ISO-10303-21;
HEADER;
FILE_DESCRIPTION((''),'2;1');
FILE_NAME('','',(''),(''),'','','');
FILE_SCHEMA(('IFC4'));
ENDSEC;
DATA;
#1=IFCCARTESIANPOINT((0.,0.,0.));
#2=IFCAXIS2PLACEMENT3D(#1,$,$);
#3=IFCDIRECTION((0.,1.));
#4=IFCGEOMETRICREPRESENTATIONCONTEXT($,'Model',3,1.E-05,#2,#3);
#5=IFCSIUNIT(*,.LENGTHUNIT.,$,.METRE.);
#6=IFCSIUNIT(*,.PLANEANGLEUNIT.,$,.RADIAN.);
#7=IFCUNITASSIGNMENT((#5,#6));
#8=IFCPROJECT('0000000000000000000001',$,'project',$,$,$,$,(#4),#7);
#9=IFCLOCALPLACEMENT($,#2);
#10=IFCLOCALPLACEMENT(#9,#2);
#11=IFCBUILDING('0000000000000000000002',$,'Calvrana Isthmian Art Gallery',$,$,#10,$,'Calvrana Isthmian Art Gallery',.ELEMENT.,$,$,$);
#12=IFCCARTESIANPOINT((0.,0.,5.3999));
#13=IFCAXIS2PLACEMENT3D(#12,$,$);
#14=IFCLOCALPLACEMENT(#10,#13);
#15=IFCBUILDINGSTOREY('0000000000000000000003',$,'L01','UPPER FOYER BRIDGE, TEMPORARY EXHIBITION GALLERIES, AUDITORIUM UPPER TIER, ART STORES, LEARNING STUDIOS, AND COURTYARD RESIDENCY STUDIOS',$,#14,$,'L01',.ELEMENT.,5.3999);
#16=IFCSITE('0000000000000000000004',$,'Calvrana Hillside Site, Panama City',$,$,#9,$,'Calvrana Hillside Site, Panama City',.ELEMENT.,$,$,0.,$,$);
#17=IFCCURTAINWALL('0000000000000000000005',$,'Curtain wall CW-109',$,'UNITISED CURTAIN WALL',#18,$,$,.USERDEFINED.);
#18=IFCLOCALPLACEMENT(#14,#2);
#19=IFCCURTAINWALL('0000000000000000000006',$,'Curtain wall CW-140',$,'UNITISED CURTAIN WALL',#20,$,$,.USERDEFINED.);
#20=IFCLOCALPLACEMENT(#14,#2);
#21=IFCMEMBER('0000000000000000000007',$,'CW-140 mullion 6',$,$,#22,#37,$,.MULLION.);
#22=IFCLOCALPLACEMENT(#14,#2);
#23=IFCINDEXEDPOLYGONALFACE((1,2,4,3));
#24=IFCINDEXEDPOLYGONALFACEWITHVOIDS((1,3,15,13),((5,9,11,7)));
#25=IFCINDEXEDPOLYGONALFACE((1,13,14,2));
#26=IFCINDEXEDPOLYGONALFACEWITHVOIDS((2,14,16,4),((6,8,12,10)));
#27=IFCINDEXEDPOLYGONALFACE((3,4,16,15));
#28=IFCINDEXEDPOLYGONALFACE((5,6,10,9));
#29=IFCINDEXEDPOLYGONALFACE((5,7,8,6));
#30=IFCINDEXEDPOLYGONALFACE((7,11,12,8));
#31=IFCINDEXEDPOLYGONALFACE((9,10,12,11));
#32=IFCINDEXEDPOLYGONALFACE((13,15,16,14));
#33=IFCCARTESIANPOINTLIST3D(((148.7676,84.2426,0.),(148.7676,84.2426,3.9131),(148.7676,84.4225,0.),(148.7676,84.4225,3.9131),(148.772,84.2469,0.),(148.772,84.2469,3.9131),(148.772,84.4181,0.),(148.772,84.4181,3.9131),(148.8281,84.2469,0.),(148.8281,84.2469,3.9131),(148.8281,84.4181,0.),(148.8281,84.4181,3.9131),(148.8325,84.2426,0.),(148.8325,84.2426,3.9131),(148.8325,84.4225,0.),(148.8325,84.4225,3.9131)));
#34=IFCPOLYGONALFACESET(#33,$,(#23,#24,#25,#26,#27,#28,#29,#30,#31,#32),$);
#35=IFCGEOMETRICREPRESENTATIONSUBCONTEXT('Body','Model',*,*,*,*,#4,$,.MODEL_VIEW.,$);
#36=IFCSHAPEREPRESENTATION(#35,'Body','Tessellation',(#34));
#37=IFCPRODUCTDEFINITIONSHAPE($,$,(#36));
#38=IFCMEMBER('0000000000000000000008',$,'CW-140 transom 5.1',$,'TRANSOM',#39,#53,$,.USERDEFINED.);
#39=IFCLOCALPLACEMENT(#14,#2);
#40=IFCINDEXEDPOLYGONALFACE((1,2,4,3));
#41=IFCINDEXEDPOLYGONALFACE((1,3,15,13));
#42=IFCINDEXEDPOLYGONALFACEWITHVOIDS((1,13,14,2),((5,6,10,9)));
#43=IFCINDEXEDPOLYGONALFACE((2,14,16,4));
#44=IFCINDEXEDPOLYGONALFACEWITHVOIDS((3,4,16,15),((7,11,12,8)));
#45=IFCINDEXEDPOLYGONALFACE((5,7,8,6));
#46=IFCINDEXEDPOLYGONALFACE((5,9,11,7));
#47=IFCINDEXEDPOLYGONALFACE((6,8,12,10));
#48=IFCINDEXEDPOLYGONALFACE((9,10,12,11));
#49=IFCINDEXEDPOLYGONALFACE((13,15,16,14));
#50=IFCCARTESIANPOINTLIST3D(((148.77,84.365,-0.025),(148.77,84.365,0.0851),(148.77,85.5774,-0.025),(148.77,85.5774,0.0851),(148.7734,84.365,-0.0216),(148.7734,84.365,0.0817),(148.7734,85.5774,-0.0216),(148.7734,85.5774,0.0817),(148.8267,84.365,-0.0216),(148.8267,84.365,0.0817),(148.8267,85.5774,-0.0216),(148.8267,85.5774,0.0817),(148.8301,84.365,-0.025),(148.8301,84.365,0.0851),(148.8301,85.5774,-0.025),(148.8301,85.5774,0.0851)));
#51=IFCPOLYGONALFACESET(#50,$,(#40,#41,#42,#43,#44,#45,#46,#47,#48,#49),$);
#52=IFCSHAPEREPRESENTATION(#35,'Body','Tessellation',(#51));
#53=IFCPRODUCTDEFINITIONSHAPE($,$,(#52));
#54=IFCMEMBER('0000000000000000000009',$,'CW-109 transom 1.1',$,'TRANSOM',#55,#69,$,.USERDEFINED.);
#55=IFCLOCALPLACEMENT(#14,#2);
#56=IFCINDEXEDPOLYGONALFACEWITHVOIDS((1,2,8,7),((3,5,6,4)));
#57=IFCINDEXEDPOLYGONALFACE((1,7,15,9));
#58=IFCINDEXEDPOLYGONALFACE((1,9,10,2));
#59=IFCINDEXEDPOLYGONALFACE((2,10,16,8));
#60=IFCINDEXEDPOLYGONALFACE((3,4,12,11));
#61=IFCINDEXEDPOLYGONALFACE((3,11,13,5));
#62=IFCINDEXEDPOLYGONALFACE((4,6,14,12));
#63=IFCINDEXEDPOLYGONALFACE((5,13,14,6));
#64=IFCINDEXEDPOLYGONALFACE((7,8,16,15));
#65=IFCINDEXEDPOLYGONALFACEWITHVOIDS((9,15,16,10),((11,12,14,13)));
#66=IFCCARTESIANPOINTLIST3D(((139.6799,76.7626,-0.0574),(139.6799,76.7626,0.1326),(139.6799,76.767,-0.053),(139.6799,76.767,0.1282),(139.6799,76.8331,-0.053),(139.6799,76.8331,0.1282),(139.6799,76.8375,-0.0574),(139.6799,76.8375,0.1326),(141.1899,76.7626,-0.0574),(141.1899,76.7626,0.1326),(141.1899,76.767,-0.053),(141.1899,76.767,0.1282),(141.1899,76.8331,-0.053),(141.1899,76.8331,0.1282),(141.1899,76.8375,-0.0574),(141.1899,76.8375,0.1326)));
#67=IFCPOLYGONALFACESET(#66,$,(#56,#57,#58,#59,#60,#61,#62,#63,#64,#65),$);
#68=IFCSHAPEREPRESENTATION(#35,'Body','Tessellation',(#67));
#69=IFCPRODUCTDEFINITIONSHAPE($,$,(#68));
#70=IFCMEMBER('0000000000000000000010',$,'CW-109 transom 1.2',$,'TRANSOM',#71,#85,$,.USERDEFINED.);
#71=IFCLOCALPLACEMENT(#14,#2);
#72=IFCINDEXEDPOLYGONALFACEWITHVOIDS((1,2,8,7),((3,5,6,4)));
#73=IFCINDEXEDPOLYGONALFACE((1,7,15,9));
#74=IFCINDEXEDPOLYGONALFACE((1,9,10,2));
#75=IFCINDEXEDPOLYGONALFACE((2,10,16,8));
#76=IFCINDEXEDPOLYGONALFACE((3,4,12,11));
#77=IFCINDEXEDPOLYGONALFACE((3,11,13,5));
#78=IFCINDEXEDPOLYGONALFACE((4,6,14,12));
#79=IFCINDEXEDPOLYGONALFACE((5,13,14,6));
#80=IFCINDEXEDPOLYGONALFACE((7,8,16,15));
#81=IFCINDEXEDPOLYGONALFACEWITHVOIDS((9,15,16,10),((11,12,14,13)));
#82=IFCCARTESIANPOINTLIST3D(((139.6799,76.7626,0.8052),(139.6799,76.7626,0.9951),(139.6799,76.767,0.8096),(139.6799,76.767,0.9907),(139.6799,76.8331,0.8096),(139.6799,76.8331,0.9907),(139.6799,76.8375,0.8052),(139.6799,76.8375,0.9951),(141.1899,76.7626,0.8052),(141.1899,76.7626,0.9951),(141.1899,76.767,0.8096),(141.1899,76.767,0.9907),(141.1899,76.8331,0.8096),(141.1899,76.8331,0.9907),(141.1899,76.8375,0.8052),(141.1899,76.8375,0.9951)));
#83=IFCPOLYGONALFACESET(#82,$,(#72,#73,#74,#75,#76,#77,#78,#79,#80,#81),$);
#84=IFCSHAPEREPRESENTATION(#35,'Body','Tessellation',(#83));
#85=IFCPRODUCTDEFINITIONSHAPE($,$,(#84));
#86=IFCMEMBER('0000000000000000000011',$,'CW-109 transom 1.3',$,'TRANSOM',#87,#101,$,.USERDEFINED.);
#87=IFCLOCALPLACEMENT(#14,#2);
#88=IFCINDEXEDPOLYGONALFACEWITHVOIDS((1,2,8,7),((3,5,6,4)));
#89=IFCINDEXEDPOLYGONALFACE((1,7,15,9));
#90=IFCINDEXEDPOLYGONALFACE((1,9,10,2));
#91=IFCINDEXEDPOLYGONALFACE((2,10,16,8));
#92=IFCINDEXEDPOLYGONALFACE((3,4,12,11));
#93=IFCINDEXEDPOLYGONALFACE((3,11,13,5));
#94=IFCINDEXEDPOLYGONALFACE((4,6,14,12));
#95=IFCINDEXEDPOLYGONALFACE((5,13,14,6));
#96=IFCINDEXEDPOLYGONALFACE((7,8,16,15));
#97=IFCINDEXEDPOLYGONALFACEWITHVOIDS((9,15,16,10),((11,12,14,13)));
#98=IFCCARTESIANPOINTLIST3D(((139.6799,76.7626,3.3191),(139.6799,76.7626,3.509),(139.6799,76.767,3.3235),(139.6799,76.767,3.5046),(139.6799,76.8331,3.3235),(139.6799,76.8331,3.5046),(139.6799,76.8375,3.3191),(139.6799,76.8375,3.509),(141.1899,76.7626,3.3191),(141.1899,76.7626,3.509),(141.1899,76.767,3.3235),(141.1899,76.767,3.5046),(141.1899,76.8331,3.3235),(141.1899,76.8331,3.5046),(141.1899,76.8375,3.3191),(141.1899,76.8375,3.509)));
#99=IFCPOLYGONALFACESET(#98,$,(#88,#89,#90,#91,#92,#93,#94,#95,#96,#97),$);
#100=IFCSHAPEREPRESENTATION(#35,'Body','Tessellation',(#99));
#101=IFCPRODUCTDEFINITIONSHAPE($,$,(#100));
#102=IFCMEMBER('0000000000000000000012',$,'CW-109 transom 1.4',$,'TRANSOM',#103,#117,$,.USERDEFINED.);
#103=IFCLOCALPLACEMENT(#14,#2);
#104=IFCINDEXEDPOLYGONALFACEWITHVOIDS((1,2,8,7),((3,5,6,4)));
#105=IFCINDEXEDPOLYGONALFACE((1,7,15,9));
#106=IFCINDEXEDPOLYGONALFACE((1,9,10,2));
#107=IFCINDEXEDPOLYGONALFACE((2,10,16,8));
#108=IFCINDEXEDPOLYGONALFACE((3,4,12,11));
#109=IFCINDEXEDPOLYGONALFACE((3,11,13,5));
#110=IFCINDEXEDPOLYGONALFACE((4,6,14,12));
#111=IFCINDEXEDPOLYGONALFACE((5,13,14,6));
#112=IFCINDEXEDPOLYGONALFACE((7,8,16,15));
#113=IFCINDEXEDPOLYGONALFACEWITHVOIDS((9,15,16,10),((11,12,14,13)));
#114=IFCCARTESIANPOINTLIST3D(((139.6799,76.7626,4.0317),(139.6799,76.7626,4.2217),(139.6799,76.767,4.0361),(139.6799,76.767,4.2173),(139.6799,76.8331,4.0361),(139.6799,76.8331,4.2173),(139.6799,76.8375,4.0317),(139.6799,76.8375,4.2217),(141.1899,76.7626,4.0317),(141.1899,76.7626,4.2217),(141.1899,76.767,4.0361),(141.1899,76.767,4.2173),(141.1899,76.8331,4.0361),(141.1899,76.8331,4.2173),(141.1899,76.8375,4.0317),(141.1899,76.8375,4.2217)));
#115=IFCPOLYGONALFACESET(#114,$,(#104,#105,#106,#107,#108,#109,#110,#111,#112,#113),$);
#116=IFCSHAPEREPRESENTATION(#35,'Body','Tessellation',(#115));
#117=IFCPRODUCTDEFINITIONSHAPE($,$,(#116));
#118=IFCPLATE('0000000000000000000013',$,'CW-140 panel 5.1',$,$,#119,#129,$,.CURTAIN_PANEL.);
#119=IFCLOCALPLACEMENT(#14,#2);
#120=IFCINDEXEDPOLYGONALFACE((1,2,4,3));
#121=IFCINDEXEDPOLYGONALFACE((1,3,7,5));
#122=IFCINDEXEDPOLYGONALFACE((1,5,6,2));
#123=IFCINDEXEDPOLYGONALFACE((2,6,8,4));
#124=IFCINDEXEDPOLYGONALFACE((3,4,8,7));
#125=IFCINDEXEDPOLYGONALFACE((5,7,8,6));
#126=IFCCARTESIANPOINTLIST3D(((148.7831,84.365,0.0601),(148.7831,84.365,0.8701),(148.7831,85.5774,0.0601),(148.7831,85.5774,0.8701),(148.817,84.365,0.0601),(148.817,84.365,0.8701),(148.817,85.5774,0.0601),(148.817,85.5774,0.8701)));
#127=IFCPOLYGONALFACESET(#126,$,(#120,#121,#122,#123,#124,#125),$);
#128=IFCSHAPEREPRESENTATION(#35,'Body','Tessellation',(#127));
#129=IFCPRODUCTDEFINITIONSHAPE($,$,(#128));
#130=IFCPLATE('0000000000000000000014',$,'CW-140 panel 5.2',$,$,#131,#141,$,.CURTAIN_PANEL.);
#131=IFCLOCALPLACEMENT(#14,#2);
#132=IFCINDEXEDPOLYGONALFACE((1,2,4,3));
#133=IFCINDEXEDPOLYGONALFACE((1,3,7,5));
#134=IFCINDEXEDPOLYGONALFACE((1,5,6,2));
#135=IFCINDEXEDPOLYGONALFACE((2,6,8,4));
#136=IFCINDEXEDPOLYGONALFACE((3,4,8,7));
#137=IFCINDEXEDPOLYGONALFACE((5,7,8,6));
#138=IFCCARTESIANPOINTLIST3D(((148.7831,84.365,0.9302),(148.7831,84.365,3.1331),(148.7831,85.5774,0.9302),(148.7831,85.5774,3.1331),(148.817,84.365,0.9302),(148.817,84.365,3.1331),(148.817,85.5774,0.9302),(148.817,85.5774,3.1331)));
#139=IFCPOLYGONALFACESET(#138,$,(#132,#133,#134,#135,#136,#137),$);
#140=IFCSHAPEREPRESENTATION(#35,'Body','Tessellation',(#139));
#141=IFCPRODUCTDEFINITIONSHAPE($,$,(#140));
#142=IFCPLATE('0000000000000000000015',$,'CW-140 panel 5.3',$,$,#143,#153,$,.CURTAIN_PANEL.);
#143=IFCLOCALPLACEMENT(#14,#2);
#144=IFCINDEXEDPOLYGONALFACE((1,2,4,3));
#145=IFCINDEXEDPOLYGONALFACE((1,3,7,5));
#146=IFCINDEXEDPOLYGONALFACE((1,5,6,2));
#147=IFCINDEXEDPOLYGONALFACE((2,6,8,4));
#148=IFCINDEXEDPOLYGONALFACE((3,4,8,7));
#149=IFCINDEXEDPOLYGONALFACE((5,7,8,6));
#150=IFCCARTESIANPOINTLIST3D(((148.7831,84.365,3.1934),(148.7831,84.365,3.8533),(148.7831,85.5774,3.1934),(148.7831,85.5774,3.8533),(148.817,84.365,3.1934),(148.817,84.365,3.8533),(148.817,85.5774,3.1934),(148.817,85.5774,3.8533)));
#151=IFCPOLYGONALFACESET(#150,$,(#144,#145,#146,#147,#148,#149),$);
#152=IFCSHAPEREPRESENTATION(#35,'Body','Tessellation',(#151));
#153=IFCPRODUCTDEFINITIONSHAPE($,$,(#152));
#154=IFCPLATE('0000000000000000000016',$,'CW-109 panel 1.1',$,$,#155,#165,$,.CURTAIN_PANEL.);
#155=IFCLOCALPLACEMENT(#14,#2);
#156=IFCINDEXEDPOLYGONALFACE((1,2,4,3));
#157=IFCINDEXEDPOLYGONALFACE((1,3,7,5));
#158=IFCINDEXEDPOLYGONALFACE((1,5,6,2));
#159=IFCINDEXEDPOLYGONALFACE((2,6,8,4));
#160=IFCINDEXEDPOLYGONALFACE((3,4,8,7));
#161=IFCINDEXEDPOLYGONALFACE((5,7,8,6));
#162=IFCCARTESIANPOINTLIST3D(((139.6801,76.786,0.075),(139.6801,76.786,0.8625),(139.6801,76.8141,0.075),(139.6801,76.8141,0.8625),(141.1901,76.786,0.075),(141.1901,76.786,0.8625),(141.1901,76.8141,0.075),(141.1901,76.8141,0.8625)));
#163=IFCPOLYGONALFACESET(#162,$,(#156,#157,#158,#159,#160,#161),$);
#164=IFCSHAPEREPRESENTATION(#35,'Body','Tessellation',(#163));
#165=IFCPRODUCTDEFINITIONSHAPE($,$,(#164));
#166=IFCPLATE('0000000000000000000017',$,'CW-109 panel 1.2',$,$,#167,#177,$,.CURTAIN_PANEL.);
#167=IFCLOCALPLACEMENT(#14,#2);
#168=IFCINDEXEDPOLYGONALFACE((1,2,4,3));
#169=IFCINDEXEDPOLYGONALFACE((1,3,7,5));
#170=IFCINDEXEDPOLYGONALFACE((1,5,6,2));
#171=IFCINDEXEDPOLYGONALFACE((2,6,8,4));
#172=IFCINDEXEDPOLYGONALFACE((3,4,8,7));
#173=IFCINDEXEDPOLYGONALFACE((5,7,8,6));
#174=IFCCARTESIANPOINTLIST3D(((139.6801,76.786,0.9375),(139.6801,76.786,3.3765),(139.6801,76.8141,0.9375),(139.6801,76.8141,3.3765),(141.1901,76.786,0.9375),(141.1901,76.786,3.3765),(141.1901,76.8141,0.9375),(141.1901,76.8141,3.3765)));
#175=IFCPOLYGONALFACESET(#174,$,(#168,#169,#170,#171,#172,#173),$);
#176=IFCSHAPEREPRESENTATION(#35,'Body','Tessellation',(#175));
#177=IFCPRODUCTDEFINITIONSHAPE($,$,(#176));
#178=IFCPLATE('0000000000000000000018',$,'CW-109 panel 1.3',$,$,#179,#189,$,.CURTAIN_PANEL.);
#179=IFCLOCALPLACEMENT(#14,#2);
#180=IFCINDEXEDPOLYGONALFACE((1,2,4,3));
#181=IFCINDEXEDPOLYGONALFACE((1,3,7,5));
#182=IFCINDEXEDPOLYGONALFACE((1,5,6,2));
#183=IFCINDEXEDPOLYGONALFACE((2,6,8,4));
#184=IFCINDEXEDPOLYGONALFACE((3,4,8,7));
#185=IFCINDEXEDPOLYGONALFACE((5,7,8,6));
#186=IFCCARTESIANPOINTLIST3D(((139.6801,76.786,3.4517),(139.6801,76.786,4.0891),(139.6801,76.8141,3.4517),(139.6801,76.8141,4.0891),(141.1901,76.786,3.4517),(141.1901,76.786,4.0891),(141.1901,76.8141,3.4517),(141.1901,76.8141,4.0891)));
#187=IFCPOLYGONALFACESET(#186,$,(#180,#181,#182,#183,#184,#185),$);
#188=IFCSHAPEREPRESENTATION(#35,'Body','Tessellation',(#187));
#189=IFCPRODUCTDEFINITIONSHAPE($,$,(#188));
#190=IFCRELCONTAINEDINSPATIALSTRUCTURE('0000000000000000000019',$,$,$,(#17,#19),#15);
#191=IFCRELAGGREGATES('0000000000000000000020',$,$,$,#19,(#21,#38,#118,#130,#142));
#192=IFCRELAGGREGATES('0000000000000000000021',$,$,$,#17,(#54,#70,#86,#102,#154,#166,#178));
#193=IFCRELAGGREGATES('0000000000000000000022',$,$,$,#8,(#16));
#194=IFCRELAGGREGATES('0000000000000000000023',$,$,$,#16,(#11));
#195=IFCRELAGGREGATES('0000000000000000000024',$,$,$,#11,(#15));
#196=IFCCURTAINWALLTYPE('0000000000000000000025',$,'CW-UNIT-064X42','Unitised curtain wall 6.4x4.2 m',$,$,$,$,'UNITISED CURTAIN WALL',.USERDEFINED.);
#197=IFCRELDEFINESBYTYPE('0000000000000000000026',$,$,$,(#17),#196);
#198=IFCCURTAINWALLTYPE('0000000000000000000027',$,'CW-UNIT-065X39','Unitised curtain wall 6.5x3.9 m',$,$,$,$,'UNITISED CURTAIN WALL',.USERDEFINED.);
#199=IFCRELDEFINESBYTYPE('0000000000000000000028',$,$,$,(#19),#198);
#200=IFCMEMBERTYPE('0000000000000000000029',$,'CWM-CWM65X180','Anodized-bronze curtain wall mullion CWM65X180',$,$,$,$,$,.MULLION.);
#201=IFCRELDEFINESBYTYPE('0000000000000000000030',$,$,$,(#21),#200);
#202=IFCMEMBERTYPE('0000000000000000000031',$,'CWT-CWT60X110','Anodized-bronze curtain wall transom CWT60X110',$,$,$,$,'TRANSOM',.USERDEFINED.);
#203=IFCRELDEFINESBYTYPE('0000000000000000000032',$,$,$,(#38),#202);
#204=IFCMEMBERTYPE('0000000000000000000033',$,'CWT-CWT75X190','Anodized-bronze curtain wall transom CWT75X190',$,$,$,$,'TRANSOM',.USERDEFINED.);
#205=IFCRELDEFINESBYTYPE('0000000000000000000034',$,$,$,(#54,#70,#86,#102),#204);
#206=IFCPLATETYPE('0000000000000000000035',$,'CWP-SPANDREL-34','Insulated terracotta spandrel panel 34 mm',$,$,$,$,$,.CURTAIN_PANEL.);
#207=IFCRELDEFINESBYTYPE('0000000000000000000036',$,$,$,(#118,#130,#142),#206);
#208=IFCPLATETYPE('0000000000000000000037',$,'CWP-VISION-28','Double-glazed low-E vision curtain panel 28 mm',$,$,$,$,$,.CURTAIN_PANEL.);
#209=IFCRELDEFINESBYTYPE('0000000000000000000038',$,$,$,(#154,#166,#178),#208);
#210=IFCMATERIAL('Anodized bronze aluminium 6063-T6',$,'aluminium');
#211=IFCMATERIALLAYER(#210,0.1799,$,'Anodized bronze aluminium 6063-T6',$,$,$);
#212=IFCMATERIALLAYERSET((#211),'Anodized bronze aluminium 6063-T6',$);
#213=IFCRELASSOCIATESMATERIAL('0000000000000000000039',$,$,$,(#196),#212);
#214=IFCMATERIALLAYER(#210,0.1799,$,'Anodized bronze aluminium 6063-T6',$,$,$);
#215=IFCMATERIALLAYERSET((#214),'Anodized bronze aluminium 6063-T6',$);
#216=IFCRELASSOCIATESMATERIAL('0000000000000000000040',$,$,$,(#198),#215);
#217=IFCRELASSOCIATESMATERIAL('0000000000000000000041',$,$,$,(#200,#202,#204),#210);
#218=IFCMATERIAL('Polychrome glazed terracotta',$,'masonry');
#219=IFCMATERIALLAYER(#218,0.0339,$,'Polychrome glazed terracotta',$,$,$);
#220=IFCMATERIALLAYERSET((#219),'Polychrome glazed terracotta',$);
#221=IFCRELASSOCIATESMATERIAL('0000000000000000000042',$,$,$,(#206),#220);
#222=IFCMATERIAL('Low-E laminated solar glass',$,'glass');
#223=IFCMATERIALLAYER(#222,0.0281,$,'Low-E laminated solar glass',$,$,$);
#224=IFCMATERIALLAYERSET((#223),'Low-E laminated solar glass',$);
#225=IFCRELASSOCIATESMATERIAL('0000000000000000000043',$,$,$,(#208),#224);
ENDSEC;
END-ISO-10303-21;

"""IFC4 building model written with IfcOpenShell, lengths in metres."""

from ifc_helpers import new_model, si_unit, direction, frame, origin, origin_2d, place, context, subcontext, project, spatial, rectangle, hollow_rectangle, extrude, material, layer, layer_set, material_profile, profile_set, type_object, element, aggregate, save


model = new_model("IFC4")

# Units and contexts
model_context = context("Model", 3, precision=1e-05, world=origin(), true_north=direction((0.0, 1.0)))
body_context = subcontext(model_context, "Body", "Model", "MODEL_VIEW")
ifc_project = project(units=[si_unit("LENGTHUNIT", "METRE"), si_unit("PLANEANGLEUNIT", "RADIAN")], contexts=[model_context])

# Site, building, storey
site_placement = place(None, origin())
site = spatial("IfcSite", under=ifc_project, at=site_placement, Name="Calvrana Hillside Site, Panama City", LongName="Calvrana Hillside Site, Panama City", CompositionType="ELEMENT", RefElevation=0.0)
building_placement = place(site_placement, origin())
building = spatial("IfcBuilding", under=site, at=building_placement, Name="Calvrana Isthmian Art Gallery", LongName="Calvrana Isthmian Art Gallery", CompositionType="ELEMENT")
storey_placement = place(building_placement, frame((0.0, 0.0, 5.3999)))
storey = spatial("IfcBuildingStorey", under=building, at=storey_placement, Name="L01", Description="UPPER FOYER BRIDGE, TEMPORARY EXHIBITION GALLERIES, AUDITORIUM UPPER TIER, ART STORES, LEARNING STUDIOS, AND COURTYARD RESIDENCY STUDIOS", LongName="L01", CompositionType="ELEMENT", Elevation=5.3999)

# Curtain wall
ifc_material_1 = material(Name="Anodized bronze aluminium 6063-T6", Category="aluminium")
ifc_layer_1 = layer(ifc_material_1, 0.1799, Name="Anodized bronze aluminium 6063-T6")
ifc_layer_set_1 = layer_set([ifc_layer_1], Name="Anodized bronze aluminium 6063-T6")
curtain_wall_type_1 = type_object("IfcCurtainWallType", Name="CW-UNIT-064X42", Description="Unitised curtain wall 6.4x4.2 m", ElementType="UNITISED CURTAIN WALL", PredefinedType="USERDEFINED", material=ifc_layer_set_1)
curtain_wall_1_placement = place(storey_placement, origin())
curtain_wall_1 = element("IfcCurtainWall", 1, at=curtain_wall_1_placement, inside=storey, type_object=curtain_wall_type_1, Name="Curtain wall CW-109", ObjectType="UNITISED CURTAIN WALL", PredefinedType="USERDEFINED")

# Curtain wall, members
ifc_layer_2 = layer(ifc_material_1, 0.1799, Name="Anodized bronze aluminium 6063-T6")
ifc_layer_set_2 = layer_set([ifc_layer_2], Name="Anodized bronze aluminium 6063-T6")
curtain_wall_type_2 = type_object("IfcCurtainWallType", Name="CW-UNIT-065X39", Description="Unitised curtain wall 6.5x3.9 m", ElementType="UNITISED CURTAIN WALL", PredefinedType="USERDEFINED", material=ifc_layer_set_2)
curtain_wall_2_placement = place(storey_placement, origin())
curtain_wall_2 = element("IfcCurtainWall", 2, at=curtain_wall_2_placement, inside=storey, type_object=curtain_wall_type_2, Name="Curtain wall CW-140", ObjectType="UNITISED CURTAIN WALL", PredefinedType="USERDEFINED")
ifc_material_profile_1 = material_profile(ifc_material_1, hollow_rectangle(XDim=0.0649, YDim=0.1799, WallThickness=0.0044, at=origin_2d()), Name="CWM65X180")
ifc_profile_set_1 = profile_set([ifc_material_profile_1], Name="Anodized bronze aluminium 6063-T6")
member_type_1 = type_object("IfcMemberType", Name="CWM-CWM65X180", Description="Anodized-bronze curtain wall mullion CWM65X180", PredefinedType="MULLION", material=ifc_profile_set_1)
member_1_placement = place(storey_placement, frame((148.8, 84.3325, 0.0), z_axis=(0.0, 0.0, 1.0), x_axis=(1.0, 0.0, 0.0)))
member_1 = element("IfcMember", 3, at=member_1_placement, type_object=member_type_1, Name="CW-140 mullion 6", PredefinedType="MULLION", context=body_context, shape_type="SweptSolid", body=[
    extrude(hollow_rectangle(XDim=0.0649, YDim=0.1799, WallThickness=0.0044, at=origin_2d()), origin(), (0.0, 0.0, 1.0), 3.9131),
])
ifc_material_profile_2 = material_profile(ifc_material_1, hollow_rectangle(XDim=0.0601, YDim=0.1101, WallThickness=0.0034, at=origin_2d()), Name="CWT60X110")
ifc_profile_set_2 = profile_set([ifc_material_profile_2], Name="Anodized bronze aluminium 6063-T6")
member_type_2 = type_object("IfcMemberType", Name="CWT-CWT60X110", Description="Anodized-bronze curtain wall transom CWT60X110", ElementType="TRANSOM", PredefinedType="USERDEFINED", material=ifc_profile_set_2)
member_2_placement = place(storey_placement, frame((148.8, 85.5774, 0.03), z_axis=(0.0, -1.0, 0.0), x_axis=(1.0, 0.0, 0.0)))
member_2 = element("IfcMember", 4, at=member_2_placement, type_object=member_type_2, Name="CW-140 transom 5.1", ObjectType="TRANSOM", PredefinedType="USERDEFINED", context=body_context, shape_type="SweptSolid", body=[
    extrude(hollow_rectangle(XDim=0.0601, YDim=0.1101, WallThickness=0.0034, at=origin_2d()), origin(), (0.0, 0.0, 1.0), 1.2124),
])

# Members
ifc_material_profile_3 = material_profile(ifc_material_1, hollow_rectangle(XDim=0.075, YDim=0.1899, WallThickness=0.0044, at=origin_2d()), Name="CWT75X190")
ifc_profile_set_3 = profile_set([ifc_material_profile_3], Name="Anodized bronze aluminium 6063-T6")
member_type_3 = type_object("IfcMemberType", Name="CWT-CWT75X190", Description="Anodized-bronze curtain wall transom CWT75X190", ElementType="TRANSOM", PredefinedType="USERDEFINED", material=ifc_profile_set_3)
member_3_placement = place(storey_placement, frame((141.1899, 76.8, 0.0376), z_axis=(-1.0, 0.0, 0.0), x_axis=(0.0, -1.0, 0.0)))
member_3 = element("IfcMember", 5, at=member_3_placement, type_object=member_type_3, Name="CW-109 transom 1.1", ObjectType="TRANSOM", PredefinedType="USERDEFINED", context=body_context, shape_type="SweptSolid", body=[
    extrude(hollow_rectangle(XDim=0.075, YDim=0.1899, WallThickness=0.0044, at=origin_2d()), origin(), (0.0, 0.0, 1.0), 1.51),
])
member_4_placement = place(storey_placement, frame((141.1899, 76.8, 0.9001), z_axis=(-1.0, 0.0, 0.0), x_axis=(0.0, -1.0, 0.0)))
member_4 = element("IfcMember", 6, at=member_4_placement, type_object=member_type_3, Name="CW-109 transom 1.2", ObjectType="TRANSOM", PredefinedType="USERDEFINED", context=body_context, shape_type="SweptSolid", body=[
    extrude(hollow_rectangle(XDim=0.075, YDim=0.1899, WallThickness=0.0044, at=origin_2d()), origin(), (0.0, 0.0, 1.0), 1.51),
])
member_5_placement = place(storey_placement, frame((141.1899, 76.8, 3.4141), z_axis=(-1.0, 0.0, 0.0), x_axis=(0.0, -1.0, 0.0)))
member_5 = element("IfcMember", 7, at=member_5_placement, type_object=member_type_3, Name="CW-109 transom 1.3", ObjectType="TRANSOM", PredefinedType="USERDEFINED", context=body_context, shape_type="SweptSolid", body=[
    extrude(hollow_rectangle(XDim=0.075, YDim=0.1899, WallThickness=0.0044, at=origin_2d()), origin(), (0.0, 0.0, 1.0), 1.51),
])
member_6_placement = place(storey_placement, frame((141.1899, 76.8, 4.1267), z_axis=(-1.0, 0.0, 0.0), x_axis=(0.0, -1.0, 0.0)))
member_6 = element("IfcMember", 8, at=member_6_placement, type_object=member_type_3, Name="CW-109 transom 1.4", ObjectType="TRANSOM", PredefinedType="USERDEFINED", context=body_context, shape_type="SweptSolid", body=[
    extrude(hollow_rectangle(XDim=0.075, YDim=0.1899, WallThickness=0.0044, at=origin_2d()), origin(), (0.0, 0.0, 1.0), 1.51),
])

# Plates
ifc_material_2 = material(Name="Polychrome glazed terracotta", Category="masonry")
ifc_layer_3 = layer(ifc_material_2, 0.0339, Name="Polychrome glazed terracotta")
ifc_layer_set_3 = layer_set([ifc_layer_3], Name="Polychrome glazed terracotta")
plate_type_1 = type_object("IfcPlateType", Name="CWP-SPANDREL-34", Description="Insulated terracotta spandrel panel 34 mm", PredefinedType="CURTAIN_PANEL", material=ifc_layer_set_3)
plate_1_placement = place(storey_placement, frame((148.8, 84.9712, 0.0601), z_axis=(0.0, 0.0, 1.0), x_axis=(0.0, -1.0, 0.0)))
plate_1 = element("IfcPlate", 9, at=plate_1_placement, type_object=plate_type_1, Name="CW-140 panel 5.1", PredefinedType="CURTAIN_PANEL", context=body_context, shape_type="SweptSolid", body=[
    extrude(rectangle(XDim=1.2124, YDim=0.0339, at=origin_2d()), origin(), (0.0, 0.0, 1.0), 0.8101),
])
plate_2_placement = place(storey_placement, frame((148.8, 84.9712, 0.9302), z_axis=(0.0, 0.0, 1.0), x_axis=(0.0, -1.0, 0.0)))
plate_2 = element("IfcPlate", 10, at=plate_2_placement, type_object=plate_type_1, Name="CW-140 panel 5.2", PredefinedType="CURTAIN_PANEL", context=body_context, shape_type="SweptSolid", body=[
    extrude(rectangle(XDim=1.2124, YDim=0.0339, at=origin_2d()), origin(), (0.0, 0.0, 1.0), 2.2029),
])
plate_3_placement = place(storey_placement, frame((148.8, 84.9712, 3.1934), z_axis=(0.0, 0.0, 1.0), x_axis=(0.0, -1.0, 0.0)))
plate_3 = element("IfcPlate", 11, at=plate_3_placement, type_object=plate_type_1, Name="CW-140 panel 5.3", PredefinedType="CURTAIN_PANEL", context=body_context, shape_type="SweptSolid", body=[
    extrude(rectangle(XDim=1.2124, YDim=0.0339, at=origin_2d()), origin(), (0.0, 0.0, 1.0), 0.6599),
])
aggregate(curtain_wall_2, [member_1, member_2, plate_1, plate_2, plate_3])
ifc_material_3 = material(Name="Low-E laminated solar glass", Category="glass")
ifc_layer_4 = layer(ifc_material_3, 0.0281, Name="Low-E laminated solar glass")
ifc_layer_set_4 = layer_set([ifc_layer_4], Name="Low-E laminated solar glass")
plate_type_2 = type_object("IfcPlateType", Name="CWP-VISION-28", Description="Double-glazed low-E vision curtain panel 28 mm", PredefinedType="CURTAIN_PANEL", material=ifc_layer_set_4)
plate_4_placement = place(storey_placement, frame((140.4351, 76.8, 0.075), z_axis=(0.0, 0.0, 1.0), x_axis=(-1.0, 0.0, 0.0)))
plate_4 = element("IfcPlate", 12, at=plate_4_placement, type_object=plate_type_2, Name="CW-109 panel 1.1", PredefinedType="CURTAIN_PANEL", context=body_context, shape_type="SweptSolid", body=[
    extrude(rectangle(XDim=1.51, YDim=0.0281, at=origin_2d()), origin(), (0.0, 0.0, 1.0), 0.7876),
])
plate_5_placement = place(storey_placement, frame((140.4351, 76.8, 0.9375), z_axis=(0.0, 0.0, 1.0), x_axis=(-1.0, 0.0, 0.0)))
plate_5 = element("IfcPlate", 13, at=plate_5_placement, type_object=plate_type_2, Name="CW-109 panel 1.2", PredefinedType="CURTAIN_PANEL", context=body_context, shape_type="SweptSolid", body=[
    extrude(rectangle(XDim=1.51, YDim=0.0281, at=origin_2d()), origin(), (0.0, 0.0, 1.0), 2.439),
])
plate_6_placement = place(storey_placement, frame((140.4351, 76.8, 3.4517), z_axis=(0.0, 0.0, 1.0), x_axis=(-1.0, 0.0, 0.0)))
plate_6 = element("IfcPlate", 14, at=plate_6_placement, type_object=plate_type_2, Name="CW-109 panel 1.3", PredefinedType="CURTAIN_PANEL", context=body_context, shape_type="SweptSolid", body=[
    extrude(rectangle(XDim=1.51, YDim=0.0281, at=origin_2d()), origin(), (0.0, 0.0, 1.0), 0.6375),
])
aggregate(curtain_wall_1, [member_3, member_4, member_5, member_6, plate_4, plate_5, plate_6])

save(model, "model.ifc")
